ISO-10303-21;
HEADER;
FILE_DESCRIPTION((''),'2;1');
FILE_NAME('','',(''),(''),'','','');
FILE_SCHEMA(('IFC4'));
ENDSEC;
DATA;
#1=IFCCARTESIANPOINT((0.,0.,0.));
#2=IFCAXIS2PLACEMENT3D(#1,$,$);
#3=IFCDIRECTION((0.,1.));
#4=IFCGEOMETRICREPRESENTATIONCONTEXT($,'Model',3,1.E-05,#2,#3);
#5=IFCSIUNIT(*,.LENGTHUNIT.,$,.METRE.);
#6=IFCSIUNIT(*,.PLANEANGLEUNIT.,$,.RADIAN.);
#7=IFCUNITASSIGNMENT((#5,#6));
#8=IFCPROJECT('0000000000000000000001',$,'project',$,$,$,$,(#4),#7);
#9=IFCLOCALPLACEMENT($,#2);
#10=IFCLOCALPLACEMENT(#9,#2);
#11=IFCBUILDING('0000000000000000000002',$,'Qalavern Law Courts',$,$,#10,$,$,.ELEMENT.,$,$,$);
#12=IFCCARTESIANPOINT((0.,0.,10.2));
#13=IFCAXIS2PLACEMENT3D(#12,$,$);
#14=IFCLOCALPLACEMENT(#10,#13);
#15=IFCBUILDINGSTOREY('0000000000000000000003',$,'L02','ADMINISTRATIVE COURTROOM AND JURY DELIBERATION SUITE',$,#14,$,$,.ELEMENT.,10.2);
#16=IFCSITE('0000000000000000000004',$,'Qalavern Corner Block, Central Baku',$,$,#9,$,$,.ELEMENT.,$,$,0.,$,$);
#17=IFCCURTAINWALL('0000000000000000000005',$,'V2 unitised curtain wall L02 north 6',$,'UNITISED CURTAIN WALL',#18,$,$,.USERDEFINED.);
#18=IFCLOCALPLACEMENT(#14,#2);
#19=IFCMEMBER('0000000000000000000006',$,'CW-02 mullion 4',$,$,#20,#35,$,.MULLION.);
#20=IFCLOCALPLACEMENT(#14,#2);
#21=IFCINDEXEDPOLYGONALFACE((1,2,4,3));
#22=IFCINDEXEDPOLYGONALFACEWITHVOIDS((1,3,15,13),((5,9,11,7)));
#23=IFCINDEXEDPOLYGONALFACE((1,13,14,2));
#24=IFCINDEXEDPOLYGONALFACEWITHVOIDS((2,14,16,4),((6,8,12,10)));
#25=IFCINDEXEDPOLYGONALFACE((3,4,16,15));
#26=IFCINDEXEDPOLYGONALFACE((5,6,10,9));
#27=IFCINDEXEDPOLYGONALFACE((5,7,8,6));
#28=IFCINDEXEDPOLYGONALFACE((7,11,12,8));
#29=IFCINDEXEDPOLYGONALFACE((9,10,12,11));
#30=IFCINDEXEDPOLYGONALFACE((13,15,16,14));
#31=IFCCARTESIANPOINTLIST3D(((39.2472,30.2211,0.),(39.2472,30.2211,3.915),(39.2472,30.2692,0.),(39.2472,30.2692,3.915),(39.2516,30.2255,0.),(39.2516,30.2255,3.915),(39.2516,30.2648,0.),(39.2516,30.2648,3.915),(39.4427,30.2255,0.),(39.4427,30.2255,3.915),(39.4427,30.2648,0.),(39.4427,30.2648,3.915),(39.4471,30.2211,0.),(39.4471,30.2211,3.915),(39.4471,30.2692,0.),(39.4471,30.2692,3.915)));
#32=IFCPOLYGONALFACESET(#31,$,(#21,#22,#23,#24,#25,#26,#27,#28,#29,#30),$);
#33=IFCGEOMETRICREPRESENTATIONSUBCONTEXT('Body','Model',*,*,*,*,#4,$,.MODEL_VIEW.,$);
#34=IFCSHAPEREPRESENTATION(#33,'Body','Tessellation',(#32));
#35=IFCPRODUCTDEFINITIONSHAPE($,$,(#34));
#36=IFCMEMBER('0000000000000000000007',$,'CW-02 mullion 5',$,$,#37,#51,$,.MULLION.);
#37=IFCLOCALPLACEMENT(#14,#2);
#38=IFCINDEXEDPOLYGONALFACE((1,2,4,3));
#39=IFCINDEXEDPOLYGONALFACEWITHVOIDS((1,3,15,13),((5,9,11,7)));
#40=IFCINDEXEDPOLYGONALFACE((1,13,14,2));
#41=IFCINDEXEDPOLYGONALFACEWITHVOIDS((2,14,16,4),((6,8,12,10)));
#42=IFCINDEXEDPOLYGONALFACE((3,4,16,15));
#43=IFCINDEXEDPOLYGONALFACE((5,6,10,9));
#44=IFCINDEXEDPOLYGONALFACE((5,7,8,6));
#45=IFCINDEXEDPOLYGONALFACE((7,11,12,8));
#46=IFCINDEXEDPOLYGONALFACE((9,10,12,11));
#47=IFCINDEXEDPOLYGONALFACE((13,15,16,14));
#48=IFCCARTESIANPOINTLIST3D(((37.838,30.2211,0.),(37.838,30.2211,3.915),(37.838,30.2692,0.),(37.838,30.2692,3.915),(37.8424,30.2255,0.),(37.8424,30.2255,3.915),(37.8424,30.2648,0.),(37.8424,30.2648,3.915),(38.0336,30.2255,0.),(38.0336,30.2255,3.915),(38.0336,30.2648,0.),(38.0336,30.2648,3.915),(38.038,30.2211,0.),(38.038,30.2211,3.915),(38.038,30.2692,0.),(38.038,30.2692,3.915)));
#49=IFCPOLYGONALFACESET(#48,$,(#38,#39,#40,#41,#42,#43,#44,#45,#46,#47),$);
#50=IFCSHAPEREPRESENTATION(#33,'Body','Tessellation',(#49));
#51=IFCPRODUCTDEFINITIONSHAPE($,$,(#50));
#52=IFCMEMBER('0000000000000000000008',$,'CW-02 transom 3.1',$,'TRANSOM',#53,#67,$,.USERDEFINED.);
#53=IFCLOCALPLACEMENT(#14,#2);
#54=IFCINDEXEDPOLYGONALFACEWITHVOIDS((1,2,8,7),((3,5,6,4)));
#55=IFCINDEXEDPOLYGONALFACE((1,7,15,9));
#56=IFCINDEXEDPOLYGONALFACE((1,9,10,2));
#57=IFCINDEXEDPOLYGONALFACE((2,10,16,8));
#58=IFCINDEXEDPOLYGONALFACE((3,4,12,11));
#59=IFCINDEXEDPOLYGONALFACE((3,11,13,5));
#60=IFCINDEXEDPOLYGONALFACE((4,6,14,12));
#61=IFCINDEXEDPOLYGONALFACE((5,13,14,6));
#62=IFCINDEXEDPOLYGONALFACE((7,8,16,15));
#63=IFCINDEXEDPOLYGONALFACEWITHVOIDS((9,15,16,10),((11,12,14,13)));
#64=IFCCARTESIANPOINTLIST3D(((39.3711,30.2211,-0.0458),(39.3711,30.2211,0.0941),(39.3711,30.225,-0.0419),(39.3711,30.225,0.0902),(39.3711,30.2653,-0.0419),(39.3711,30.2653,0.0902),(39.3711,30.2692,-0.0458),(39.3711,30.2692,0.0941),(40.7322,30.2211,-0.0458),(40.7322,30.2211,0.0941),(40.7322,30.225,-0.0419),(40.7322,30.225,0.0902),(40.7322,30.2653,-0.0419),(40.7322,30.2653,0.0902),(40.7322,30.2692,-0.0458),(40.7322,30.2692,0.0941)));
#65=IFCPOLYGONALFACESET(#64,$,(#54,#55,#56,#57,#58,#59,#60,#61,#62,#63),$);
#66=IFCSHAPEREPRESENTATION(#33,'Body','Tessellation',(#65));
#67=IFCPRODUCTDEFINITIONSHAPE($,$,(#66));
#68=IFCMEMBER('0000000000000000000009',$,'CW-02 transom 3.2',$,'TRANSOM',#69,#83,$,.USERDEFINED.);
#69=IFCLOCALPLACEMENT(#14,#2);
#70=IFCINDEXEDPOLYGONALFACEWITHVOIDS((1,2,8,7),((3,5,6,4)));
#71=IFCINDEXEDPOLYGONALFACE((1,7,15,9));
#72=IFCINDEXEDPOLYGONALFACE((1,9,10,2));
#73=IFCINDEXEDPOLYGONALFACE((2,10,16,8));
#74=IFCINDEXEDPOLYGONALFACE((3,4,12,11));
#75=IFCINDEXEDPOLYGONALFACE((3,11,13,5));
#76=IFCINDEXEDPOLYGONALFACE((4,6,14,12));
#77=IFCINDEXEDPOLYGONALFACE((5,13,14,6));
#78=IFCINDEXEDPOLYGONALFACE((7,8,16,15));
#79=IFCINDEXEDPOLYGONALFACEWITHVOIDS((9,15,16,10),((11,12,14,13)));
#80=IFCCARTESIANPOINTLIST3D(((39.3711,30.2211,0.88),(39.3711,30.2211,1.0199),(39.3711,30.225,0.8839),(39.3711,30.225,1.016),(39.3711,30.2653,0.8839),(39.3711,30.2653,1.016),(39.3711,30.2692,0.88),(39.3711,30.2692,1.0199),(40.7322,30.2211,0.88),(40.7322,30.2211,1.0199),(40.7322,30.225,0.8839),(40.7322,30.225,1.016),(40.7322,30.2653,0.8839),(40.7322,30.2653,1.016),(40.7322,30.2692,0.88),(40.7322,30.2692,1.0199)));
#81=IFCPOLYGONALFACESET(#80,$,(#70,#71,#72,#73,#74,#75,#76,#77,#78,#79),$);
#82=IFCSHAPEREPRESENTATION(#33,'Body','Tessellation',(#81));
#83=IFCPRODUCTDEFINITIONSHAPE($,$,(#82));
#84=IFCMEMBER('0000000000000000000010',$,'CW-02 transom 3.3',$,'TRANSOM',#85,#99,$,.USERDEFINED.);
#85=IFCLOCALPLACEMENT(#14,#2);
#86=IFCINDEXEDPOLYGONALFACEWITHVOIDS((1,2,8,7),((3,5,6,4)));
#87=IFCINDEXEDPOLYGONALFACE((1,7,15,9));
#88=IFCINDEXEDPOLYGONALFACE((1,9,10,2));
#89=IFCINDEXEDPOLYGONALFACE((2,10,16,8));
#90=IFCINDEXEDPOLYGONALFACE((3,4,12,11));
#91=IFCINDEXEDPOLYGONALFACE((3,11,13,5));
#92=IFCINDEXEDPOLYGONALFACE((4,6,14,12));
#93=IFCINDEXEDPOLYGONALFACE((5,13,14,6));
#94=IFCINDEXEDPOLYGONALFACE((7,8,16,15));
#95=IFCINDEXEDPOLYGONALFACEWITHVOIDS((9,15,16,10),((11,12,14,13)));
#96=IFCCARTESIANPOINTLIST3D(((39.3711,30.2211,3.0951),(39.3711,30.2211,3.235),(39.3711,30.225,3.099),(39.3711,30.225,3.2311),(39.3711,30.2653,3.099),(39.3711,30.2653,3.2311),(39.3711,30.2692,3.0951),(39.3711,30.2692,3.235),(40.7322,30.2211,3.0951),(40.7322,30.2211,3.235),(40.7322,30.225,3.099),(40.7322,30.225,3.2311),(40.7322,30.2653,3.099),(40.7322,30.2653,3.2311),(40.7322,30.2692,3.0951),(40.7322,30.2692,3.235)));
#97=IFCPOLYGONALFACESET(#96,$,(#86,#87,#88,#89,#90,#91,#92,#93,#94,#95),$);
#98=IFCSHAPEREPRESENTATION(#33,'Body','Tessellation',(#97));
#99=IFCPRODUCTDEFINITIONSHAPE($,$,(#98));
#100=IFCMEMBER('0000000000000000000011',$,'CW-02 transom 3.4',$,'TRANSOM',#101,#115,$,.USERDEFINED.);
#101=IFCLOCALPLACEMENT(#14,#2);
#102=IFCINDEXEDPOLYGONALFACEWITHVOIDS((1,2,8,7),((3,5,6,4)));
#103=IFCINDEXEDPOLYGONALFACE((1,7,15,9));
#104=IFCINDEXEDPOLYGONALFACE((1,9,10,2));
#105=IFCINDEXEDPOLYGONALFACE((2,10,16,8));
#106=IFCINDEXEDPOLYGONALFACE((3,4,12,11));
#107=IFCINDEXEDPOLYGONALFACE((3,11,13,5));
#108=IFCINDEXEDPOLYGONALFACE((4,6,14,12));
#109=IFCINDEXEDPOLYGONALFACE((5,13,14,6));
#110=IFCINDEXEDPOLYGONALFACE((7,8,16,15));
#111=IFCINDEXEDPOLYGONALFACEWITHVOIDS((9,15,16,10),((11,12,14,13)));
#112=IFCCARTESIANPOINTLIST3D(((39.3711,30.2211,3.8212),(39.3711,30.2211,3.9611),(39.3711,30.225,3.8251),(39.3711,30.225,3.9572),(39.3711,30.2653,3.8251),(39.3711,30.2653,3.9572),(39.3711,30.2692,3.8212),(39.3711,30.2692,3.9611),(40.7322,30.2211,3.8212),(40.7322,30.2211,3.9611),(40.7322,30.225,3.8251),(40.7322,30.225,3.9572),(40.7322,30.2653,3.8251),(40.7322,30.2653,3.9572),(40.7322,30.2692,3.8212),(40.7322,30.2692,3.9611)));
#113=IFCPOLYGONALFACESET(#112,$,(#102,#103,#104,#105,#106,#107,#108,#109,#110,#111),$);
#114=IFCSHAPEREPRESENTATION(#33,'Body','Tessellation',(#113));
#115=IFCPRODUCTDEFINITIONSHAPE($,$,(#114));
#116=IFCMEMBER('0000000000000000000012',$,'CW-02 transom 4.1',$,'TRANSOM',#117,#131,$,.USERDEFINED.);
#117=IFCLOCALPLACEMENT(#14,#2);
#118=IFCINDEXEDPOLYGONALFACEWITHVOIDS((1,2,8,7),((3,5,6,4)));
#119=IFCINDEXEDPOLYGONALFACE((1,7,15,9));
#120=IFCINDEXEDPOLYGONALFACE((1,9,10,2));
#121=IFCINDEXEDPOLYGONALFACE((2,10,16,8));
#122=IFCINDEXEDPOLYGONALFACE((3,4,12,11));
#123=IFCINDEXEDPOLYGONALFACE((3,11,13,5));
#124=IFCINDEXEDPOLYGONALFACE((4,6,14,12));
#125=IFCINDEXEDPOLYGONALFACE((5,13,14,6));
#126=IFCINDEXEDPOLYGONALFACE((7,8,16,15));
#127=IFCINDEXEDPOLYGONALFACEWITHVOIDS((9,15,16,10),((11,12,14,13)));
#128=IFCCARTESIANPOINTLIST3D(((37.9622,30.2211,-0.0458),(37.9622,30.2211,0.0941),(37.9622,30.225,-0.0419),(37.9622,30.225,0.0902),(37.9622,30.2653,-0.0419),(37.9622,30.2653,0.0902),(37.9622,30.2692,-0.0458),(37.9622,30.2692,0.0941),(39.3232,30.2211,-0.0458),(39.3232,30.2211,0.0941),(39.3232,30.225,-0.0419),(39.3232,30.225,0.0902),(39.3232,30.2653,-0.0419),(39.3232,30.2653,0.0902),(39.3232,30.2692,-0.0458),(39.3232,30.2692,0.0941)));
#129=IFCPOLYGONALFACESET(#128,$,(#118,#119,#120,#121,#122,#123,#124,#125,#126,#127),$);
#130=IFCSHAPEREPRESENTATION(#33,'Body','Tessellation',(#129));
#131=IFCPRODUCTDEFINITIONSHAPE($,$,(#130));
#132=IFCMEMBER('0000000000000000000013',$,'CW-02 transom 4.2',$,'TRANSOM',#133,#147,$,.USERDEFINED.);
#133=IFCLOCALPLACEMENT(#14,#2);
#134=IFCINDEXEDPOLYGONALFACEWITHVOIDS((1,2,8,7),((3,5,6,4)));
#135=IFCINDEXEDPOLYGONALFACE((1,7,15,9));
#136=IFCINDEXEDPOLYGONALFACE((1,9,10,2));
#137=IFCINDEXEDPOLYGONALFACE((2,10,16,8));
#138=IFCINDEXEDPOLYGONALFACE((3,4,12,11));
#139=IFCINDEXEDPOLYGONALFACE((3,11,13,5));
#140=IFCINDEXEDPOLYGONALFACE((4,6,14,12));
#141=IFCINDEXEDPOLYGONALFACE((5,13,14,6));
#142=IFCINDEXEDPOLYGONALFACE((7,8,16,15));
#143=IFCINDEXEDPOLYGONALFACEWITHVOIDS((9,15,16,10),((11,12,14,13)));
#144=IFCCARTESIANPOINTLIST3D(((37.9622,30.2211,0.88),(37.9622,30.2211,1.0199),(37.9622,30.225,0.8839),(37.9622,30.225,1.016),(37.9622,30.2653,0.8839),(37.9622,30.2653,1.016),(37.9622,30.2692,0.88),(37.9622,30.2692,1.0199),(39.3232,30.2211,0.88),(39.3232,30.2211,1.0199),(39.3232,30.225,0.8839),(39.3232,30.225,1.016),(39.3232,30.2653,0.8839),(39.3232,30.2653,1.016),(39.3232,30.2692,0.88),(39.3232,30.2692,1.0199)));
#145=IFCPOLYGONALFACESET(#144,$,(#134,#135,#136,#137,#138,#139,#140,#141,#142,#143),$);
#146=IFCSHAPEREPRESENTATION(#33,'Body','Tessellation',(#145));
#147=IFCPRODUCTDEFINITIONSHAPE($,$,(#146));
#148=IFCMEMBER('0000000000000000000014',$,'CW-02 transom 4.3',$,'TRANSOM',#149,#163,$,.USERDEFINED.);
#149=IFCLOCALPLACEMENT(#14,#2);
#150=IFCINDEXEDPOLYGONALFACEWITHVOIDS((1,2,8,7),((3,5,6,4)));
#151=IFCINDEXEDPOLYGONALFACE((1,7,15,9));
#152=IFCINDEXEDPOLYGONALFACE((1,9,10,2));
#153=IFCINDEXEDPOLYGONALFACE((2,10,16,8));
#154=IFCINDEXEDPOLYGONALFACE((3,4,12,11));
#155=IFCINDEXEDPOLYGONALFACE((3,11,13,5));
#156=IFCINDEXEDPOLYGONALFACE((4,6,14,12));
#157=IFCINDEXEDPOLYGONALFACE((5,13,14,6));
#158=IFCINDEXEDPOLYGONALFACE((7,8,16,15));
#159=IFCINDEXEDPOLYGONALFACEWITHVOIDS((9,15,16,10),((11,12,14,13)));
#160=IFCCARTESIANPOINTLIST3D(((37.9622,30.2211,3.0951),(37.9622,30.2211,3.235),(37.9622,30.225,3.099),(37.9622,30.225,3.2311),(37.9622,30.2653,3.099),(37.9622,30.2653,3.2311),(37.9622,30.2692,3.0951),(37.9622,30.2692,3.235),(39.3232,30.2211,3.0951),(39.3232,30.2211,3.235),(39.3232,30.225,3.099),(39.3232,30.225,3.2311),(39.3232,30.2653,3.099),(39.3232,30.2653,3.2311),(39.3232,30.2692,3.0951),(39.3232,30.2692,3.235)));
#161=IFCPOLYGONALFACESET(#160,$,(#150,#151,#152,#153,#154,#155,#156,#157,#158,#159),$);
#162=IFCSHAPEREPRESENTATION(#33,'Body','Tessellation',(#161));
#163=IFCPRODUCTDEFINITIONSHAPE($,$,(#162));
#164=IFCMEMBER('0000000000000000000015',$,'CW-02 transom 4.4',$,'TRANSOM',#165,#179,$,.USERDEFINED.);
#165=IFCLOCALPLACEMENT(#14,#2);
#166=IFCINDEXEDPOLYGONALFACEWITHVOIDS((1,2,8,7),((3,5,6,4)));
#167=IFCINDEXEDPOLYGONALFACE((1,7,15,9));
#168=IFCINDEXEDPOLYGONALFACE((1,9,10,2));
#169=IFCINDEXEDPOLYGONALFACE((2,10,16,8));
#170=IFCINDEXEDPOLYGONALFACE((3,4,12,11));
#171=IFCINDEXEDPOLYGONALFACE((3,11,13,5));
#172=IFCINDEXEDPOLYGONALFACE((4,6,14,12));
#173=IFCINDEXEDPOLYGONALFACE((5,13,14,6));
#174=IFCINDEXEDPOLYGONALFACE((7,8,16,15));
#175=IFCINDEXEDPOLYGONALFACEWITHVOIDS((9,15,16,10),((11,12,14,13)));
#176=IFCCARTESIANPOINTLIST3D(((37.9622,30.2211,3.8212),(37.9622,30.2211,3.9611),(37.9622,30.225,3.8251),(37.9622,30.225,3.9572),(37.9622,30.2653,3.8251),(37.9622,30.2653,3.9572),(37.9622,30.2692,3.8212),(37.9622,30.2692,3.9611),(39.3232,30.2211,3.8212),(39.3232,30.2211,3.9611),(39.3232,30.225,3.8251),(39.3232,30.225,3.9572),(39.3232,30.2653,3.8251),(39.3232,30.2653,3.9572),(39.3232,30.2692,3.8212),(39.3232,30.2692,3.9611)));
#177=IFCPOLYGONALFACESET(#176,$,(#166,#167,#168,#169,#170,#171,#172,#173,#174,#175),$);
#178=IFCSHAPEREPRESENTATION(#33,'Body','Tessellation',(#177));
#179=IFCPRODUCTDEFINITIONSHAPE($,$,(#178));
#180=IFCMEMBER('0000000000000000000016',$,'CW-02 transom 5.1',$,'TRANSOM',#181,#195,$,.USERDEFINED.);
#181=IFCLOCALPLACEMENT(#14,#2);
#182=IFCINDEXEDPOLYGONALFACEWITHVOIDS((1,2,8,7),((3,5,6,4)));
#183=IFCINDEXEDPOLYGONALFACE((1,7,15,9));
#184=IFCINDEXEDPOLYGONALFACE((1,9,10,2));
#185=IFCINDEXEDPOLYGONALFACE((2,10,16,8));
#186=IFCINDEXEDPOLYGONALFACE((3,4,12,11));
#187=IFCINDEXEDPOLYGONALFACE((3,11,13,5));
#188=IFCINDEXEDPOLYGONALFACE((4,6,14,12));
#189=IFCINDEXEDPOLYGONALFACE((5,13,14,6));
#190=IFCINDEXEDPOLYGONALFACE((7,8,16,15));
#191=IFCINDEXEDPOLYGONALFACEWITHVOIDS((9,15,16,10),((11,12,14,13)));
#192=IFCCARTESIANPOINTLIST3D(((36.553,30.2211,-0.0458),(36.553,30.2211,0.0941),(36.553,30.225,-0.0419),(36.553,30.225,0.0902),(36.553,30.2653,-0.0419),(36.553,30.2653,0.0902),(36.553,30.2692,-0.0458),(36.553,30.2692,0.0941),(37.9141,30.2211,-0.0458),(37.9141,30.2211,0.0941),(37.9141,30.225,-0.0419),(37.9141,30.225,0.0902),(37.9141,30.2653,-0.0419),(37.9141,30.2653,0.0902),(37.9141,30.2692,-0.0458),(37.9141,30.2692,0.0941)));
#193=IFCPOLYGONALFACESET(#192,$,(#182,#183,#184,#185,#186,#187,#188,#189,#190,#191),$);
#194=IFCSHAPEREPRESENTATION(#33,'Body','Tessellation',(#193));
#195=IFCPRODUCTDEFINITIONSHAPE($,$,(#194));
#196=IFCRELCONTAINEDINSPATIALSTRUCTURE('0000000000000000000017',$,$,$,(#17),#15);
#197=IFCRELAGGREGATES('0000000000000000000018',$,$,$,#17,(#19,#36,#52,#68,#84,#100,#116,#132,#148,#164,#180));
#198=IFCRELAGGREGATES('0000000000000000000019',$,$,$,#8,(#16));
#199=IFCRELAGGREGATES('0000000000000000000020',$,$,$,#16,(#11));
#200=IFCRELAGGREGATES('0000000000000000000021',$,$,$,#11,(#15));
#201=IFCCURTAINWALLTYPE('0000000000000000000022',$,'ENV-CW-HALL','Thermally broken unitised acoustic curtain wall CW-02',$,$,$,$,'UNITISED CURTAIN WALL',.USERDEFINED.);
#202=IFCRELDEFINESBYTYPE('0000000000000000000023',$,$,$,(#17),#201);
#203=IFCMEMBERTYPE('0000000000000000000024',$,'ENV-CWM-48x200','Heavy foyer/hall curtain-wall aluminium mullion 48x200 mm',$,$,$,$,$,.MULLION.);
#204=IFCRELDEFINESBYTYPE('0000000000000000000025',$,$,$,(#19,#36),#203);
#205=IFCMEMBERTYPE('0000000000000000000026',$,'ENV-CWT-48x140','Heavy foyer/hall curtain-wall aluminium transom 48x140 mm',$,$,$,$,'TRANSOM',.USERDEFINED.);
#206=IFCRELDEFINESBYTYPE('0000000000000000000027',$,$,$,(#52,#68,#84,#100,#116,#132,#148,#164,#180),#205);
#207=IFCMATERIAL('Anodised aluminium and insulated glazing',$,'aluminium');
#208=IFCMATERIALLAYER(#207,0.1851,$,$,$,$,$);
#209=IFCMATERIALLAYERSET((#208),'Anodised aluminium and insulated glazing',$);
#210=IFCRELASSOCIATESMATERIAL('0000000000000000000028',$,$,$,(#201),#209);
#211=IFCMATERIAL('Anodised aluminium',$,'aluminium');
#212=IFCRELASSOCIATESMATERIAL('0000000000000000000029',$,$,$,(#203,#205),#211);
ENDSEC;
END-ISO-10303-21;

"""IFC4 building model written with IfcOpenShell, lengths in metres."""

from ifc_helpers import new_model, si_unit, direction, frame, origin, origin_2d, place, context, subcontext, project, spatial, hollow_rectangle, extrude, material, layer, layer_set, material_profile, profile_set, type_object, element, aggregate, save


model = new_model("IFC4")

# Units and contexts
model_context = context("Model", 3, precision=1e-05, world=origin(), true_north=direction((0.0, 1.0)))
body_context = subcontext(model_context, "Body", "Model", "MODEL_VIEW")
ifc_project = project(units=[si_unit("LENGTHUNIT", "METRE"), si_unit("PLANEANGLEUNIT", "RADIAN")], contexts=[model_context])

# Site, building, storey
site_placement = place(None, origin())
site = spatial("IfcSite", under=ifc_project, at=site_placement, Name="Qalavern Corner Block, Central Baku", CompositionType="ELEMENT", RefElevation=0.0)
building_placement = place(site_placement, origin())
building = spatial("IfcBuilding", under=site, at=building_placement, Name="Qalavern Law Courts", CompositionType="ELEMENT")
storey_placement = place(building_placement, frame((0.0, 0.0, 10.2)))
storey = spatial("IfcBuildingStorey", under=building, at=storey_placement, Name="L02", Description="ADMINISTRATIVE COURTROOM AND JURY DELIBERATION SUITE", CompositionType="ELEMENT", Elevation=10.2)

# Curtain wall, members
ifc_material_1 = material(Name="Anodised aluminium and insulated glazing", Category="aluminium")
ifc_layer_1 = layer(ifc_material_1, 0.1851)
ifc_layer_set_1 = layer_set([ifc_layer_1], Name="Anodised aluminium and insulated glazing")
curtain_wall_type = type_object("IfcCurtainWallType", Name="ENV-CW-HALL", Description="Thermally broken unitised acoustic curtain wall CW-02", ElementType="UNITISED CURTAIN WALL", PredefinedType="USERDEFINED", material=ifc_layer_set_1)
curtain_wall_placement = place(storey_placement, origin())
curtain_wall = element("IfcCurtainWall", 1, at=curtain_wall_placement, inside=storey, type_object=curtain_wall_type, Name="V2 unitised curtain wall L02 north 6", ObjectType="UNITISED CURTAIN WALL", PredefinedType="USERDEFINED")
ifc_material_2 = material(Name="Anodised aluminium", Category="aluminium")
ifc_material_profile_1 = material_profile(ifc_material_2, hollow_rectangle(XDim=0.0481, YDim=0.2, WallThickness=0.0044, at=origin_2d()), Name="ALU MULLION 48x200")
ifc_profile_set_1 = profile_set([ifc_material_profile_1], Name="Anodised aluminium")
member_type_1 = type_object("IfcMemberType", Name="ENV-CWM-48x200", Description="Heavy foyer/hall curtain-wall aluminium mullion 48x200 mm", PredefinedType="MULLION", material=ifc_profile_set_1)
member_1_placement = place(storey_placement, frame((39.3472, 30.2451, 0.0), z_axis=(0.0, 0.0, 1.0), x_axis=(0.0, -1.0, 0.0)))
member_1 = element("IfcMember", 2, at=member_1_placement, type_object=member_type_1, Name="CW-02 mullion 4", PredefinedType="MULLION", context=body_context, shape_type="SweptSolid", body=[
    extrude(hollow_rectangle(XDim=0.0481, YDim=0.2, WallThickness=0.0044, at=origin_2d()), origin(), (0.0, 0.0, 1.0), 3.915),
])
member_2_placement = place(storey_placement, frame((37.938, 30.2451, 0.0), z_axis=(0.0, 0.0, 1.0), x_axis=(0.0, -1.0, 0.0)))
member_2 = element("IfcMember", 3, at=member_2_placement, type_object=member_type_1, Name="CW-02 mullion 5", PredefinedType="MULLION", context=body_context, shape_type="SweptSolid", body=[
    extrude(hollow_rectangle(XDim=0.0481, YDim=0.2, WallThickness=0.0044, at=origin_2d()), origin(), (0.0, 0.0, 1.0), 3.915),
])
ifc_material_profile_2 = material_profile(ifc_material_2, hollow_rectangle(XDim=0.0481, YDim=0.1399, WallThickness=0.0039, at=origin_2d()), Name="ALU TRANSOM 48x140")
ifc_profile_set_2 = profile_set([ifc_material_profile_2], Name="Anodised aluminium")
member_type_2 = type_object("IfcMemberType", Name="ENV-CWT-48x140", Description="Heavy foyer/hall curtain-wall aluminium transom 48x140 mm", ElementType="TRANSOM", PredefinedType="USERDEFINED", material=ifc_profile_set_2)
member_3_placement = place(storey_placement, frame((40.7322, 30.2451, 0.0242), z_axis=(-1.0, 0.0, 0.0), x_axis=(0.0, -1.0, 0.0)))
member_3 = element("IfcMember", 4, at=member_3_placement, type_object=member_type_2, Name="CW-02 transom 3.1", ObjectType="TRANSOM", PredefinedType="USERDEFINED", context=body_context, shape_type="SweptSolid", body=[
    extrude(hollow_rectangle(XDim=0.0481, YDim=0.1399, WallThickness=0.0039, at=origin_2d()), origin(), (0.0, 0.0, 1.0), 1.3611),
])
member_4_placement = place(storey_placement, frame((40.7322, 30.2451, 0.95), z_axis=(-1.0, 0.0, 0.0), x_axis=(0.0, -1.0, 0.0)))
member_4 = element("IfcMember", 5, at=member_4_placement, type_object=member_type_2, Name="CW-02 transom 3.2", ObjectType="TRANSOM", PredefinedType="USERDEFINED", context=body_context, shape_type="SweptSolid", body=[
    extrude(hollow_rectangle(XDim=0.0481, YDim=0.1399, WallThickness=0.0039, at=origin_2d()), origin(), (0.0, 0.0, 1.0), 1.3611),
])
member_5_placement = place(storey_placement, frame((40.7322, 30.2451, 3.165), z_axis=(-1.0, 0.0, 0.0), x_axis=(0.0, -1.0, 0.0)))
member_5 = element("IfcMember", 6, at=member_5_placement, type_object=member_type_2, Name="CW-02 transom 3.3", ObjectType="TRANSOM", PredefinedType="USERDEFINED", context=body_context, shape_type="SweptSolid", body=[
    extrude(hollow_rectangle(XDim=0.0481, YDim=0.1399, WallThickness=0.0039, at=origin_2d()), origin(), (0.0, 0.0, 1.0), 1.3611),
])
member_6_placement = place(storey_placement, frame((40.7322, 30.2451, 3.8911), z_axis=(-1.0, 0.0, 0.0), x_axis=(0.0, -1.0, 0.0)))
member_6 = element("IfcMember", 7, at=member_6_placement, type_object=member_type_2, Name="CW-02 transom 3.4", ObjectType="TRANSOM", PredefinedType="USERDEFINED", context=body_context, shape_type="SweptSolid", body=[
    extrude(hollow_rectangle(XDim=0.0481, YDim=0.1399, WallThickness=0.0039, at=origin_2d()), origin(), (0.0, 0.0, 1.0), 1.3611),
])
member_7_placement = place(storey_placement, frame((39.3232, 30.2451, 0.0242), z_axis=(-1.0, 0.0, 0.0), x_axis=(0.0, -1.0, 0.0)))
member_7 = element("IfcMember", 8, at=member_7_placement, type_object=member_type_2, Name="CW-02 transom 4.1", ObjectType="TRANSOM", PredefinedType="USERDEFINED", context=body_context, shape_type="SweptSolid", body=[
    extrude(hollow_rectangle(XDim=0.0481, YDim=0.1399, WallThickness=0.0039, at=origin_2d()), origin(), (0.0, 0.0, 1.0), 1.3611),
])
member_8_placement = place(storey_placement, frame((39.3232, 30.2451, 0.95), z_axis=(-1.0, 0.0, 0.0), x_axis=(0.0, -1.0, 0.0)))
member_8 = element("IfcMember", 9, at=member_8_placement, type_object=member_type_2, Name="CW-02 transom 4.2", ObjectType="TRANSOM", PredefinedType="USERDEFINED", context=body_context, shape_type="SweptSolid", body=[
    extrude(hollow_rectangle(XDim=0.0481, YDim=0.1399, WallThickness=0.0039, at=origin_2d()), origin(), (0.0, 0.0, 1.0), 1.3611),
])
member_9_placement = place(storey_placement, frame((39.3232, 30.2451, 3.165), z_axis=(-1.0, 0.0, 0.0), x_axis=(0.0, -1.0, 0.0)))
member_9 = element("IfcMember", 10, at=member_9_placement, type_object=member_type_2, Name="CW-02 transom 4.3", ObjectType="TRANSOM", PredefinedType="USERDEFINED", context=body_context, shape_type="SweptSolid", body=[
    extrude(hollow_rectangle(XDim=0.0481, YDim=0.1399, WallThickness=0.0039, at=origin_2d()), origin(), (0.0, 0.0, 1.0), 1.3611),
])
member_10_placement = place(storey_placement, frame((39.3232, 30.2451, 3.8911), z_axis=(-1.0, 0.0, 0.0), x_axis=(0.0, -1.0, 0.0)))
member_10 = element("IfcMember", 11, at=member_10_placement, type_object=member_type_2, Name="CW-02 transom 4.4", ObjectType="TRANSOM", PredefinedType="USERDEFINED", context=body_context, shape_type="SweptSolid", body=[
    extrude(hollow_rectangle(XDim=0.0481, YDim=0.1399, WallThickness=0.0039, at=origin_2d()), origin(), (0.0, 0.0, 1.0), 1.3611),
])
member_11_placement = place(storey_placement, frame((37.9141, 30.2451, 0.0242), z_axis=(-1.0, 0.0, 0.0), x_axis=(0.0, -1.0, 0.0)))
member_11 = element("IfcMember", 12, at=member_11_placement, type_object=member_type_2, Name="CW-02 transom 5.1", ObjectType="TRANSOM", PredefinedType="USERDEFINED", context=body_context, shape_type="SweptSolid", body=[
    extrude(hollow_rectangle(XDim=0.0481, YDim=0.1399, WallThickness=0.0039, at=origin_2d()), origin(), (0.0, 0.0, 1.0), 1.3611),
])
aggregate(curtain_wall, [member_1, member_2, member_3, member_4, member_5, member_6, member_7, member_8, member_9, member_10, member_11])

save(model, "model.ifc")
